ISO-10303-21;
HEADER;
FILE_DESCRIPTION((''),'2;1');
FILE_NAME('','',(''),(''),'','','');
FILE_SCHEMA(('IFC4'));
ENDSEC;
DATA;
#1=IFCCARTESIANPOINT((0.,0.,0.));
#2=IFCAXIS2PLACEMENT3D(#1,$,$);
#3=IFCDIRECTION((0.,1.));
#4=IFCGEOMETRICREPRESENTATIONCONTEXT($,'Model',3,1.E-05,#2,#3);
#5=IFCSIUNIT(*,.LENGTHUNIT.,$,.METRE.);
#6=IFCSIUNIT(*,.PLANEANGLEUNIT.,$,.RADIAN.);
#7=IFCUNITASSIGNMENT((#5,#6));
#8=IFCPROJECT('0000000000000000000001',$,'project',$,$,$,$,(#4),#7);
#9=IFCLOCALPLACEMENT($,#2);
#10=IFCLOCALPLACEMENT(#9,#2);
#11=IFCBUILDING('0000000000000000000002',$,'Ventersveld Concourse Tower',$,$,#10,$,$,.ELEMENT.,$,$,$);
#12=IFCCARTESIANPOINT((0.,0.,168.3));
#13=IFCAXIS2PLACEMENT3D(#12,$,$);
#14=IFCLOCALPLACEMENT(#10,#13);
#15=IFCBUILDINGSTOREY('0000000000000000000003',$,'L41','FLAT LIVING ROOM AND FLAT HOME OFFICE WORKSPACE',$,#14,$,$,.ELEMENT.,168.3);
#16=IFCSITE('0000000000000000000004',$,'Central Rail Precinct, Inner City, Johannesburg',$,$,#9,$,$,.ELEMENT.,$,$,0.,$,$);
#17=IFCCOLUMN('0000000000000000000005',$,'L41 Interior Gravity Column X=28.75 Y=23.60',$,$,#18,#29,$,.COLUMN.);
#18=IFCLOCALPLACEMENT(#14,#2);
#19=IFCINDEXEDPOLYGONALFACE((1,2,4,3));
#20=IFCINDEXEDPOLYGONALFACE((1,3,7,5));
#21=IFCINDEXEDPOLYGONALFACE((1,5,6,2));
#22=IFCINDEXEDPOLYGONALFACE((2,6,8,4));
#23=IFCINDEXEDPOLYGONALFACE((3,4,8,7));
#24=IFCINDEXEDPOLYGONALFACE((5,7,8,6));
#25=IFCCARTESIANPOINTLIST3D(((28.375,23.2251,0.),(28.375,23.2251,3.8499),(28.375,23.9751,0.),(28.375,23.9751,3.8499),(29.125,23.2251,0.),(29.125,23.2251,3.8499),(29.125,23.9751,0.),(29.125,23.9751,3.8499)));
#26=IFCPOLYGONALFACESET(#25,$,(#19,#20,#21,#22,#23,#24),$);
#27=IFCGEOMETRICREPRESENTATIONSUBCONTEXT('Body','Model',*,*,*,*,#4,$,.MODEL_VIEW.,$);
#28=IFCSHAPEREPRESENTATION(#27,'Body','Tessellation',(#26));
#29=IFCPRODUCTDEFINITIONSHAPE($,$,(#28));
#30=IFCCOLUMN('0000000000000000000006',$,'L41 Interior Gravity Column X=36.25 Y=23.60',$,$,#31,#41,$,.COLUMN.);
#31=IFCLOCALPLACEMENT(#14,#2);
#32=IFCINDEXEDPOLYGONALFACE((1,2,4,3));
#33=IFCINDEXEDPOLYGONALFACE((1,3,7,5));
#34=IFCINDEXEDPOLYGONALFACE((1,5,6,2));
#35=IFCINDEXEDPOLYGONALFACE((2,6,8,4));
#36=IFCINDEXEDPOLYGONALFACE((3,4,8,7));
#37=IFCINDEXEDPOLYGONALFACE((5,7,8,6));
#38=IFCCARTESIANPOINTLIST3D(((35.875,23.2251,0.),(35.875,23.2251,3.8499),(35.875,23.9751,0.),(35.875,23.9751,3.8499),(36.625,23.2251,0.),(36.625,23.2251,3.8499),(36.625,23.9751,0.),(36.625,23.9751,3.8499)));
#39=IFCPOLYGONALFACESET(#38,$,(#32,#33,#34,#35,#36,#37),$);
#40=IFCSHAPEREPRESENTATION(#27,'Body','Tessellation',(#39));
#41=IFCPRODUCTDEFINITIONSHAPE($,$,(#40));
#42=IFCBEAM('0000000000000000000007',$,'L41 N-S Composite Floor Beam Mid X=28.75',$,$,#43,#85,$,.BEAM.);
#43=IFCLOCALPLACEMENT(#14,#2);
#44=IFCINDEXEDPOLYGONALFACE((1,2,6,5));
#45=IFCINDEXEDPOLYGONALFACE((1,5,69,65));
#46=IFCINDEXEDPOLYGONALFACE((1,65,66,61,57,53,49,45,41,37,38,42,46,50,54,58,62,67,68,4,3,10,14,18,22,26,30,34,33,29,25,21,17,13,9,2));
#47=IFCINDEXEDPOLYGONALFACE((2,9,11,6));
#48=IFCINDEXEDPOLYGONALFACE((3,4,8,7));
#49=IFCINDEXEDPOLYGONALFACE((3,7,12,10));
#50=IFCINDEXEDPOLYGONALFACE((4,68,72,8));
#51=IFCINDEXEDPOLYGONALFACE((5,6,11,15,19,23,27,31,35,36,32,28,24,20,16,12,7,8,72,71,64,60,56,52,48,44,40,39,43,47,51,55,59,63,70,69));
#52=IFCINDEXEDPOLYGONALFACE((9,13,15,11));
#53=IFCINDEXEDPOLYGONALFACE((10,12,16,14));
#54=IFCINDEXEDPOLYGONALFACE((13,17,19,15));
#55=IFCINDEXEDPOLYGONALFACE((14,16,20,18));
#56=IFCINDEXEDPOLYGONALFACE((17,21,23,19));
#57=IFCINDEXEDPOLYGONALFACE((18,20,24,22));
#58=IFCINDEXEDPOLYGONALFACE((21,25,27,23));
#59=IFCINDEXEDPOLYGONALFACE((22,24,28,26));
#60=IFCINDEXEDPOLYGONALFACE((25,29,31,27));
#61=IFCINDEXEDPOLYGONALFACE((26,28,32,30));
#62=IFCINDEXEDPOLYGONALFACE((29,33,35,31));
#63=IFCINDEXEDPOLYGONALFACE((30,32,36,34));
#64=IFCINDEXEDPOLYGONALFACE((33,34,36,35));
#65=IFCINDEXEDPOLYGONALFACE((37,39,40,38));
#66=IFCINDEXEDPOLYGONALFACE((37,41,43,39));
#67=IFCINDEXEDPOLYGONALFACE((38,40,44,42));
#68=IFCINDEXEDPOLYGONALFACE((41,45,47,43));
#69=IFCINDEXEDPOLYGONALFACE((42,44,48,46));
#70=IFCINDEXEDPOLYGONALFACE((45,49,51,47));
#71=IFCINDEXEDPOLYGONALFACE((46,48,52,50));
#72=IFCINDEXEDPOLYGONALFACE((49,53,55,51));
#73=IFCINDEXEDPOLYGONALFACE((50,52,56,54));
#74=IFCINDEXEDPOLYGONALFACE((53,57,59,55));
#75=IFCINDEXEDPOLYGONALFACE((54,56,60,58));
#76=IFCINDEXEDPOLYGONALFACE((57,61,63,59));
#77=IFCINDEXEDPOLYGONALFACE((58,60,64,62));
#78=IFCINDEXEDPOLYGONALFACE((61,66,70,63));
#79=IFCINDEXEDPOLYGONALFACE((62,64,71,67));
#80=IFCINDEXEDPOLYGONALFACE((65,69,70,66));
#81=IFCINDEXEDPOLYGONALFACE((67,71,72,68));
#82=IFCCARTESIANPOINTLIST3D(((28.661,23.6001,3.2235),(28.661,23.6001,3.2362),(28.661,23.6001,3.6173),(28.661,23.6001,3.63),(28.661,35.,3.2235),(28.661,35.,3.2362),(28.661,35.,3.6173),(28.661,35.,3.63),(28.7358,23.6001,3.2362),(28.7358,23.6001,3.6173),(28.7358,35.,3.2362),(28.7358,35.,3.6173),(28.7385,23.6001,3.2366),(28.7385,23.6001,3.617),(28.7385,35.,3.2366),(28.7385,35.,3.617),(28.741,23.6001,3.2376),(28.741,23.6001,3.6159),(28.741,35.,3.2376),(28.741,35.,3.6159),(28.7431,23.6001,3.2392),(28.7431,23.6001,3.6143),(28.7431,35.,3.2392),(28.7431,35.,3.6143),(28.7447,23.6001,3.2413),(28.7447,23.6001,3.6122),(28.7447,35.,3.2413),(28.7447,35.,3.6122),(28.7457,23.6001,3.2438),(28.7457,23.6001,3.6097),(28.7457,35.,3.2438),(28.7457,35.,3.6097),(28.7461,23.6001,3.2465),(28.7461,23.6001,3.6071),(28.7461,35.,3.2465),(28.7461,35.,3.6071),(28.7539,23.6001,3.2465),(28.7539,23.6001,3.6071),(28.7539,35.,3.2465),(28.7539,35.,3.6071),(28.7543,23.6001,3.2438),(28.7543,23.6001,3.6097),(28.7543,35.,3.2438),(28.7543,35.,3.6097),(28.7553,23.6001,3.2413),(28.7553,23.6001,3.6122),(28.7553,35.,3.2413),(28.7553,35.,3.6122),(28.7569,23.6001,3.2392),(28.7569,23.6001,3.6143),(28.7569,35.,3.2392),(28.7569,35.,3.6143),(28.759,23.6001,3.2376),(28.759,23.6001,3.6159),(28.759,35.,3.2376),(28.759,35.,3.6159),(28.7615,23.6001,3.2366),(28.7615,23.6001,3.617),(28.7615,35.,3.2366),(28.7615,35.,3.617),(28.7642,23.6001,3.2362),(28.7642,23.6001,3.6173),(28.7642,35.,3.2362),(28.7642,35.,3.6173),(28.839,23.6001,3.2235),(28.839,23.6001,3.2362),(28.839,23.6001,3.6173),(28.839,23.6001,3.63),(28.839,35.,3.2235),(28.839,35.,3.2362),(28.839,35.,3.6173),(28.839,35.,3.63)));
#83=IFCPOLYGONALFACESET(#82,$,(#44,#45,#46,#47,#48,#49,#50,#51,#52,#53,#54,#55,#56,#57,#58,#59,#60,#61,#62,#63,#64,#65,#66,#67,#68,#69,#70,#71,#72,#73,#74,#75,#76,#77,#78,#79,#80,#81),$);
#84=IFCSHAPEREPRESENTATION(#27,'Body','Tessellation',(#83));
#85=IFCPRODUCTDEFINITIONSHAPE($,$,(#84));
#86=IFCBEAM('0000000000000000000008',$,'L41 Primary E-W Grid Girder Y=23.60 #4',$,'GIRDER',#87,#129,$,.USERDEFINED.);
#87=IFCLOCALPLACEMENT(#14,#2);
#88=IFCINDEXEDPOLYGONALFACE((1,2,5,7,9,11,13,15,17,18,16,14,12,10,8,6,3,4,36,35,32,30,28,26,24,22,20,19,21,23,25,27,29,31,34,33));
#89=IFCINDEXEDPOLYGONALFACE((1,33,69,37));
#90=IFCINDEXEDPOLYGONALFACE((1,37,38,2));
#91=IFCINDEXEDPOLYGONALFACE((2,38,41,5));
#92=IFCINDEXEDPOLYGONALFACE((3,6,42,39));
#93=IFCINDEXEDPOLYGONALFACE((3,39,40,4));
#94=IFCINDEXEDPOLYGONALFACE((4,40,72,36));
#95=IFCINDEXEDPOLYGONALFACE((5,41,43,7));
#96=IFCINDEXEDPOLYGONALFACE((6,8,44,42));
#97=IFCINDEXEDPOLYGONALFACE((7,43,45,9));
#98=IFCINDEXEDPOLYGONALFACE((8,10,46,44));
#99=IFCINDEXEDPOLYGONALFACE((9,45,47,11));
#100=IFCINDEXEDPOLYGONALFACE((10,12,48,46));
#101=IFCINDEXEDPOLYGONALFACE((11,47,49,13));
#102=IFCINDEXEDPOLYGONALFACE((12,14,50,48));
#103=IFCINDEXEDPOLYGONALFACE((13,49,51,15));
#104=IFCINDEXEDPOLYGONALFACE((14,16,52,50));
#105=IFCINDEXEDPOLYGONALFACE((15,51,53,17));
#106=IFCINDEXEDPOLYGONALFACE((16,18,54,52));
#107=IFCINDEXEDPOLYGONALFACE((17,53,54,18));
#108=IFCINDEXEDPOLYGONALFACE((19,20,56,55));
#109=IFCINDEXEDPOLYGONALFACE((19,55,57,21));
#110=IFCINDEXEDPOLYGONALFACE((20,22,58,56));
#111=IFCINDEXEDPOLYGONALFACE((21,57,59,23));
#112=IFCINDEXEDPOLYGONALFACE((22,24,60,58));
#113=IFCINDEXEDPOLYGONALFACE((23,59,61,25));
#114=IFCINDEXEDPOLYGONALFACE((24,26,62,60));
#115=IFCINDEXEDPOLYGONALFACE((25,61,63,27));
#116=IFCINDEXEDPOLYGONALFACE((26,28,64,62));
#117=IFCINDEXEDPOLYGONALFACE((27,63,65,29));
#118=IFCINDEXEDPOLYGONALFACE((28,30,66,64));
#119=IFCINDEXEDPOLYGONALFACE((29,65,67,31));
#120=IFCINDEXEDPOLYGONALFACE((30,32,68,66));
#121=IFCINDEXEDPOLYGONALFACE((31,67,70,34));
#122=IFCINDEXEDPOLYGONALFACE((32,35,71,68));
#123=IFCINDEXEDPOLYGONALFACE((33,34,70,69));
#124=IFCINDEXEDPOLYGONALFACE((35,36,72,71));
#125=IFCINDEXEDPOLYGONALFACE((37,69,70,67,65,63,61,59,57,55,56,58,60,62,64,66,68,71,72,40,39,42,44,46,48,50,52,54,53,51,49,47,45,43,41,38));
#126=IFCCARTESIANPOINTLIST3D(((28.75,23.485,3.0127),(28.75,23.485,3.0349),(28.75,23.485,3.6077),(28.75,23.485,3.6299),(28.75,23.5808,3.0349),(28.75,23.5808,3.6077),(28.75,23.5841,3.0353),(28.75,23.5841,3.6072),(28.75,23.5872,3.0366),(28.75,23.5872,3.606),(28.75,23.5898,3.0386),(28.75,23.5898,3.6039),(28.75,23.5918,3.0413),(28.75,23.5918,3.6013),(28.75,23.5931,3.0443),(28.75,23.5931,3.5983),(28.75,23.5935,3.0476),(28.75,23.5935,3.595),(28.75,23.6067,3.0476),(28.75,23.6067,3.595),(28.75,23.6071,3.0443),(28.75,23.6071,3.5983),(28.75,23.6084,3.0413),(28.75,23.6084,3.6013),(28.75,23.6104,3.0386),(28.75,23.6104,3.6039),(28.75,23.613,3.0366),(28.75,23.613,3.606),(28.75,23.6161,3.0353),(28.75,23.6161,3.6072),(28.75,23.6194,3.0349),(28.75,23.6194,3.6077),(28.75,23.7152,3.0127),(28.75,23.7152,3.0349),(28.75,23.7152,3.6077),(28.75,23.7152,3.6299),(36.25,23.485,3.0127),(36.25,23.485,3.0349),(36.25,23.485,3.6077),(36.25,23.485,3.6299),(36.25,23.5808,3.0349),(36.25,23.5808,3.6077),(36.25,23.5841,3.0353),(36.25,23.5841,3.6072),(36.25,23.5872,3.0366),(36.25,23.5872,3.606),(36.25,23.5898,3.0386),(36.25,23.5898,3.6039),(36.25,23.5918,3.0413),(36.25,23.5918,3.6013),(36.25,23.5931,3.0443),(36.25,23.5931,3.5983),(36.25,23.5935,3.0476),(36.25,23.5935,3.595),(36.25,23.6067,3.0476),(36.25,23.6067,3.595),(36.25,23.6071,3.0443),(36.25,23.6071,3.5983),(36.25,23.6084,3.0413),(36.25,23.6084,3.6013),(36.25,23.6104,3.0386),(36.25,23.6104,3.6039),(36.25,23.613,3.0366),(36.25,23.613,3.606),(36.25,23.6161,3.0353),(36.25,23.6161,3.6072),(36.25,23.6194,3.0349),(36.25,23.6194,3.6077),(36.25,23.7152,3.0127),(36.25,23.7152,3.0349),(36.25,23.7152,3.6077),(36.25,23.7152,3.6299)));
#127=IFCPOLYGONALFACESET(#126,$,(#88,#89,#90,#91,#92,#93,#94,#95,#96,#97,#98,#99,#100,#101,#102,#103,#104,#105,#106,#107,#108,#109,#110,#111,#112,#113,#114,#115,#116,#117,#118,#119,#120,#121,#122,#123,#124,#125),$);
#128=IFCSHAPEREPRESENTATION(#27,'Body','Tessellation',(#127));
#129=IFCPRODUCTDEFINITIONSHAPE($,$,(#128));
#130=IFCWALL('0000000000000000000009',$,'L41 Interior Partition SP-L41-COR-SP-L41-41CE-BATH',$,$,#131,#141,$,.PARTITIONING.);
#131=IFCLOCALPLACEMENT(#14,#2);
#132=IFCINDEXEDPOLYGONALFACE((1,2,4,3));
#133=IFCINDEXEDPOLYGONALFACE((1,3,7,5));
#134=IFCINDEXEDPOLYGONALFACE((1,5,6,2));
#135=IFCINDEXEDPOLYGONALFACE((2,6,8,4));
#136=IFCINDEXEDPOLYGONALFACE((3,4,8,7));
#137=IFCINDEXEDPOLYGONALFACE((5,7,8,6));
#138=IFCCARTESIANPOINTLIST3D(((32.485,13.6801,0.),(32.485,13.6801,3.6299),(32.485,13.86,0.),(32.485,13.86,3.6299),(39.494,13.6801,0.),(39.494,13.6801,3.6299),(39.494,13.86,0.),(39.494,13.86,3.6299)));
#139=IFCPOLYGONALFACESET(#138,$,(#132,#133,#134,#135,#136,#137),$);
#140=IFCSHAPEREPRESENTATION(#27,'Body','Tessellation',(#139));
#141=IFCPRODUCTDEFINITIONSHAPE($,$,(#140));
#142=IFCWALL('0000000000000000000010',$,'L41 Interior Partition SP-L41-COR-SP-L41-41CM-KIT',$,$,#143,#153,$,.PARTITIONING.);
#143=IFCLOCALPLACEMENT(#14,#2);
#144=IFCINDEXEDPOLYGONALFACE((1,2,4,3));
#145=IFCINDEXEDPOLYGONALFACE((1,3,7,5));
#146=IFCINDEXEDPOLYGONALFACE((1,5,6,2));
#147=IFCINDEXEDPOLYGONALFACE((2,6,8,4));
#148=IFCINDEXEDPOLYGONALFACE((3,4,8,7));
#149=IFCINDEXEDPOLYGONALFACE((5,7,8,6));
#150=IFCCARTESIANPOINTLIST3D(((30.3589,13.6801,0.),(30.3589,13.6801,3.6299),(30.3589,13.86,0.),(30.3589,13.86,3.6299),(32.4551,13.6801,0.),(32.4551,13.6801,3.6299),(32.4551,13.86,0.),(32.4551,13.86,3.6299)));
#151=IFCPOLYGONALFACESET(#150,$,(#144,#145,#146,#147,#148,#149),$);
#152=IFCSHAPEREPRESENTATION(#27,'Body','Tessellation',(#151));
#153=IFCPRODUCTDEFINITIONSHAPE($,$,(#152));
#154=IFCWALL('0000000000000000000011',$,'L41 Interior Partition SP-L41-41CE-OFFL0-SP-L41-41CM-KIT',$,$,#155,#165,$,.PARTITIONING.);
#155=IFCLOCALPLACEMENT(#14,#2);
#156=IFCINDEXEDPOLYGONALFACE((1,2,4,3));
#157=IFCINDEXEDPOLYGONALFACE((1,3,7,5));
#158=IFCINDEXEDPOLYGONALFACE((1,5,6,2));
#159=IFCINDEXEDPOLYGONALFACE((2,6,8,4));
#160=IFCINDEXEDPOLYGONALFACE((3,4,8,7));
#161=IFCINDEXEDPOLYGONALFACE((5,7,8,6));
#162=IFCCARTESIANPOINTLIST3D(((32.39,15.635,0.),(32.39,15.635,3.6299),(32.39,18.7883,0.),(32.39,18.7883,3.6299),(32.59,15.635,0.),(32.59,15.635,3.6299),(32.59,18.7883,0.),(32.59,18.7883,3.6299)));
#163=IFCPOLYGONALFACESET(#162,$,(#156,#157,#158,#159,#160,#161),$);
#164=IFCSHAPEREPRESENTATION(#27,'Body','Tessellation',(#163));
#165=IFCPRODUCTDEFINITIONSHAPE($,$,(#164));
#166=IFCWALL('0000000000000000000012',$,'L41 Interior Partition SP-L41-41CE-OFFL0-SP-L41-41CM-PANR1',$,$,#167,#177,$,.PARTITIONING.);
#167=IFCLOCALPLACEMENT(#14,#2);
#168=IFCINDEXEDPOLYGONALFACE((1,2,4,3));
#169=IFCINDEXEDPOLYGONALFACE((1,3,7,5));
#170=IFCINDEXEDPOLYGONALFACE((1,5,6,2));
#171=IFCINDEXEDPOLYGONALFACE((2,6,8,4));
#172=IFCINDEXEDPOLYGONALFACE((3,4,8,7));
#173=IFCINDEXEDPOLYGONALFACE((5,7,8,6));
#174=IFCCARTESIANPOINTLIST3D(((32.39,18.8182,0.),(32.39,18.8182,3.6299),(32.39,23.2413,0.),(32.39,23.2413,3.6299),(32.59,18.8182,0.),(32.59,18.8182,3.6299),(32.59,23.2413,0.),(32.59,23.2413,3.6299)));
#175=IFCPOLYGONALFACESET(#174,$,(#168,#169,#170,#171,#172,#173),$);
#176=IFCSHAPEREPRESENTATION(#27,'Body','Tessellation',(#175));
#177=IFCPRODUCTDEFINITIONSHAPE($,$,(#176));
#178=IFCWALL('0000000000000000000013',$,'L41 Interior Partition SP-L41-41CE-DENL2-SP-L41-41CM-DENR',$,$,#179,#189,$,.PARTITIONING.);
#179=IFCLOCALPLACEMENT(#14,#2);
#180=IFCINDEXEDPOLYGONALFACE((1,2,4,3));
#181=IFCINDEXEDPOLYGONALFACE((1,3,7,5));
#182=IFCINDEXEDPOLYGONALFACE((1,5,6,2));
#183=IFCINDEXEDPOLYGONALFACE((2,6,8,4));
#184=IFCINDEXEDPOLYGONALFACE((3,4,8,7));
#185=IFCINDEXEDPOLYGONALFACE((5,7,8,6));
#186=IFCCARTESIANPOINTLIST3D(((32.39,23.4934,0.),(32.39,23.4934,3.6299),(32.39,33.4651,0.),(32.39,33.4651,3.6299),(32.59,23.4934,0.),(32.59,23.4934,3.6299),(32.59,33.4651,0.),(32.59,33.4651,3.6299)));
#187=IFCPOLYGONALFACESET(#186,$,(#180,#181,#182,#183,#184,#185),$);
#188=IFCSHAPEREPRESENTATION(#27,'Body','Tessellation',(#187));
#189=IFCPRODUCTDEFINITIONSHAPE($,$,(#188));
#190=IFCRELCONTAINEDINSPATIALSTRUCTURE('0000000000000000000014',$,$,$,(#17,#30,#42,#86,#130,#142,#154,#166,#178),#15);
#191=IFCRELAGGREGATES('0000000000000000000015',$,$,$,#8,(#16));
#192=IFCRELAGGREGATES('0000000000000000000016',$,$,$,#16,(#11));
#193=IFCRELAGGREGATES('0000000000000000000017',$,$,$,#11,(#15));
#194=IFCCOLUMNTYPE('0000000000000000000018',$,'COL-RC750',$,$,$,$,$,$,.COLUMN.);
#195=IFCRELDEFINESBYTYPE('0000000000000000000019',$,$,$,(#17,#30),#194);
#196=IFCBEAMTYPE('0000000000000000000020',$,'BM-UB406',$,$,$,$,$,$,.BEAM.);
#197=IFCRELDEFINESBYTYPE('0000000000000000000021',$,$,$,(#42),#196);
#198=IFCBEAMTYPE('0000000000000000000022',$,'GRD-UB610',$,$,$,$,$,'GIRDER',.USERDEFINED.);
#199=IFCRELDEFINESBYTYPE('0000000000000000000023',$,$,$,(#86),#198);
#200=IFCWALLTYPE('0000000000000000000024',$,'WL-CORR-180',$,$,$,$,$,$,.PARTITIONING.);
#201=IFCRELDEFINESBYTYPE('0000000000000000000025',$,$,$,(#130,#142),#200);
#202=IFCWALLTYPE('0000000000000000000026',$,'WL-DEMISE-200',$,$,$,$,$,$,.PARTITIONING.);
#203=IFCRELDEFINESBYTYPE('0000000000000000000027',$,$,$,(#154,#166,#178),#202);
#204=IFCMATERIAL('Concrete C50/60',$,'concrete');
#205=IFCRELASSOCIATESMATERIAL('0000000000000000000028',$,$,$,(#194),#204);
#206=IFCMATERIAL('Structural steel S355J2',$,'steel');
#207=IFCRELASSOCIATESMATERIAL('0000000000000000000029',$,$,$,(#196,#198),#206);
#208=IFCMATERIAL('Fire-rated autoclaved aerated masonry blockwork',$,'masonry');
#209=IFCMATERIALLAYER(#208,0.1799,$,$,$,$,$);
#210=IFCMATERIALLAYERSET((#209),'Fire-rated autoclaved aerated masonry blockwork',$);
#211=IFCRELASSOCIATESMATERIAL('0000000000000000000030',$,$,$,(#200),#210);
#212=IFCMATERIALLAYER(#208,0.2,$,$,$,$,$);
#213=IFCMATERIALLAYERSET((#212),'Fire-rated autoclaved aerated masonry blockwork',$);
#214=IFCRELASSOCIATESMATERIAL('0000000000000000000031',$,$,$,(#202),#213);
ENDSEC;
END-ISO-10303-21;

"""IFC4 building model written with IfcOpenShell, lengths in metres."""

from ifc_helpers import new_model, si_unit, direction, frame, frame_2d, origin, origin_2d, place, context, subcontext, project, spatial, rectangle, i_section, extrude, material, layer, layer_set, material_profile, profile_set, type_object, element, save


model = new_model("IFC4")

# Units and contexts
model_context = context("Model", 3, precision=1e-05, world=origin(), true_north=direction((0.0, 1.0)))
body_context = subcontext(model_context, "Body", "Model", "MODEL_VIEW")
ifc_project = project(units=[si_unit("LENGTHUNIT", "METRE"), si_unit("PLANEANGLEUNIT", "RADIAN")], contexts=[model_context])

# Site, building, storey
site_placement = place(None, origin())
site = spatial("IfcSite", under=ifc_project, at=site_placement, Name="Central Rail Precinct, Inner City, Johannesburg", CompositionType="ELEMENT", RefElevation=0.0)
building_placement = place(site_placement, origin())
building = spatial("IfcBuilding", under=site, at=building_placement, Name="Ventersveld Concourse Tower", CompositionType="ELEMENT")
storey_placement = place(building_placement, frame((0.0, 0.0, 168.3)))
storey = spatial("IfcBuildingStorey", under=building, at=storey_placement, Name="L41", Description="FLAT LIVING ROOM AND FLAT HOME OFFICE WORKSPACE", CompositionType="ELEMENT", Elevation=168.3)

# Columns
ifc_material_1 = material(Name="Concrete C50/60", Category="concrete")
ifc_material_profile_1 = material_profile(ifc_material_1, rectangle(XDim=0.75, YDim=0.75, at=origin_2d()), Name="RC 750x750")
ifc_profile_set_1 = profile_set([ifc_material_profile_1], Name="Concrete C50/60")
column_type = type_object("IfcColumnType", Name="COL-RC750", PredefinedType="COLUMN", material=ifc_profile_set_1)
for number, where, z_axis, x_axis, name in (
    (1, (28.75, 23.6001, 0.0), (0.0, 0.0, 1.0), (1.0, 0.0, 0.0), "L41 Interior Gravity Column X=28.75 Y=23.60"),
    (2, (36.25, 23.6001, 0.0), (0.0, 0.0, 1.0), (1.0, 0.0, 0.0), "L41 Interior Gravity Column X=36.25 Y=23.60"),
):
    element("IfcColumn", number, at=place(storey_placement, frame(where, z_axis=z_axis, x_axis=x_axis)), inside=storey, type_object=column_type, Name=name, PredefinedType="COLUMN", context=body_context, shape_type="SweptSolid", body=[
        extrude(rectangle(XDim=0.75, YDim=0.75, at=origin_2d()), origin(), (0.0, 0.0, 1.0), 3.8499),
    ])

# Beams
ifc_material_2 = material(Name="Structural steel S355J2", Category="steel")
ifc_material_profile_2 = material_profile(ifc_material_2, i_section(OverallWidth=0.178, OverallDepth=0.4065, WebThickness=0.0078, FlangeThickness=0.0127, FilletRadius=0.0103, at=origin_2d()), Name="UB 406x178x60")
ifc_profile_set_2 = profile_set([ifc_material_profile_2], Name="Structural steel S355J2")
beam_type_1 = type_object("IfcBeamType", Name="BM-UB406", PredefinedType="BEAM", material=ifc_profile_set_2)
beam_1_placement = place(storey_placement, frame((28.75, 23.6001, 3.4268), z_axis=(0.0, 1.0, 0.0), x_axis=(-1.0, 0.0, 0.0)))
element("IfcBeam", 3, at=beam_1_placement, inside=storey, type_object=beam_type_1, Name="L41 N-S Composite Floor Beam Mid X=28.75", PredefinedType="BEAM", context=body_context, shape_type="SweptSolid", body=[
    extrude(i_section(OverallWidth=0.178, OverallDepth=0.4065, WebThickness=0.0078, FlangeThickness=0.0127, FilletRadius=0.0103, at=origin_2d()), origin(), (0.0, 0.0, 1.0), 11.3999),
])
ifc_material_profile_3 = material_profile(ifc_material_2, i_section(OverallWidth=0.2302, OverallDepth=0.6172, WebThickness=0.0132, FlangeThickness=0.0222, FilletRadius=0.0127, at=origin_2d()), Name="UB 610x229x140")
ifc_profile_set_3 = profile_set([ifc_material_profile_3], Name="Structural steel S355J2")
beam_type_2 = type_object("IfcBeamType", Name="GRD-UB610", ElementType="GIRDER", PredefinedType="USERDEFINED", material=ifc_profile_set_3)
beam_2_placement = place(storey_placement, frame((28.75, 23.6001, 3.3213), z_axis=(1.0, 0.0, 0.0), x_axis=(0.0, 1.0, 0.0)))
element("IfcBeam", 4, at=beam_2_placement, inside=storey, type_object=beam_type_2, Name="L41 Primary E-W Grid Girder Y=23.60 #4", ObjectType="GIRDER", PredefinedType="USERDEFINED", context=body_context, shape_type="SweptSolid", body=[
    extrude(i_section(OverallWidth=0.2302, OverallDepth=0.6172, WebThickness=0.0132, FlangeThickness=0.0222, FilletRadius=0.0127, at=origin_2d()), origin(), (0.0, 0.0, 1.0), 7.5),
])

# Wall
ifc_material_3 = material(Name="Fire-rated autoclaved aerated masonry blockwork", Category="masonry")
ifc_layer_1 = layer(ifc_material_3, 0.1799)
ifc_layer_set_1 = layer_set([ifc_layer_1], Name="Fire-rated autoclaved aerated masonry blockwork")
wall_type_1 = type_object("IfcWallType", Name="WL-CORR-180", PredefinedType="PARTITIONING", material=ifc_layer_set_1)
wall_1_placement = place(storey_placement, frame((32.4851, 13.77, 0.0), z_axis=(0.0, 0.0, 1.0), x_axis=(1.0, 0.0, 0.0)))
element("IfcWall", 5, at=wall_1_placement, inside=storey, type_object=wall_type_1, Name="L41 Interior Partition SP-L41-COR-SP-L41-41CE-BATH", PredefinedType="PARTITIONING", context=body_context, shape_type="SweptSolid", body=[
    extrude(rectangle(XDim=7.009, YDim=0.1799, at=frame_2d((3.5044, 0.0))), origin(), (0.0, 0.0, 1.0), 3.6299),
])

# Walls
wall_2_placement = place(storey_placement, frame((30.3589, 13.77, 0.0), z_axis=(0.0, 0.0, 1.0), x_axis=(1.0, 0.0, 0.0)))
element("IfcWall", 6, at=wall_2_placement, inside=storey, type_object=wall_type_1, Name="L41 Interior Partition SP-L41-COR-SP-L41-41CM-KIT", PredefinedType="PARTITIONING", context=body_context, shape_type="SweptSolid", body=[
    extrude(rectangle(XDim=2.0962, YDim=0.1799, at=frame_2d((1.0481, 0.0))), origin(), (0.0, 0.0, 1.0), 3.6299),
])
ifc_layer_2 = layer(ifc_material_3, 0.2)
ifc_layer_set_2 = layer_set([ifc_layer_2], Name="Fire-rated autoclaved aerated masonry blockwork")
wall_type_2 = type_object("IfcWallType", Name="WL-DEMISE-200", PredefinedType="PARTITIONING", material=ifc_layer_set_2)
wall_3_placement = place(storey_placement, frame((32.49, 15.635, 0.0), z_axis=(0.0, 0.0, 1.0), x_axis=(0.0, 1.0, 0.0)))
element("IfcWall", 7, at=wall_3_placement, inside=storey, type_object=wall_type_2, Name="L41 Interior Partition SP-L41-41CE-OFFL0-SP-L41-41CM-KIT", PredefinedType="PARTITIONING", context=body_context, shape_type="SweptSolid", body=[
    extrude(rectangle(XDim=3.1533, YDim=0.2, at=frame_2d((1.5767, 0.0))), origin(), (0.0, 0.0, 1.0), 3.6299),
])
wall_4_placement = place(storey_placement, frame((32.49, 18.8184, 0.0), z_axis=(0.0, 0.0, 1.0), x_axis=(0.0, 1.0, 0.0)))
element("IfcWall", 8, at=wall_4_placement, inside=storey, type_object=wall_type_2, Name="L41 Interior Partition SP-L41-41CE-OFFL0-SP-L41-41CM-PANR1", PredefinedType="PARTITIONING", context=body_context, shape_type="SweptSolid", body=[
    extrude(rectangle(XDim=4.4231, YDim=0.2, at=frame_2d((2.2114, 0.0))), origin(), (0.0, 0.0, 1.0), 3.6299),
])
wall_5_placement = place(storey_placement, frame((32.49, 23.4934, 0.0), z_axis=(0.0, 0.0, 1.0), x_axis=(0.0, 1.0, 0.0)))
element("IfcWall", 9, at=wall_5_placement, inside=storey, type_object=wall_type_2, Name="L41 Interior Partition SP-L41-41CE-DENL2-SP-L41-41CM-DENR", PredefinedType="PARTITIONING", context=body_context, shape_type="SweptSolid", body=[
    extrude(rectangle(XDim=9.9717, YDim=0.2, at=frame_2d((4.9858, 0.0))), origin(), (0.0, 0.0, 1.0), 3.6299),
])

save(model, "model.ifc")
